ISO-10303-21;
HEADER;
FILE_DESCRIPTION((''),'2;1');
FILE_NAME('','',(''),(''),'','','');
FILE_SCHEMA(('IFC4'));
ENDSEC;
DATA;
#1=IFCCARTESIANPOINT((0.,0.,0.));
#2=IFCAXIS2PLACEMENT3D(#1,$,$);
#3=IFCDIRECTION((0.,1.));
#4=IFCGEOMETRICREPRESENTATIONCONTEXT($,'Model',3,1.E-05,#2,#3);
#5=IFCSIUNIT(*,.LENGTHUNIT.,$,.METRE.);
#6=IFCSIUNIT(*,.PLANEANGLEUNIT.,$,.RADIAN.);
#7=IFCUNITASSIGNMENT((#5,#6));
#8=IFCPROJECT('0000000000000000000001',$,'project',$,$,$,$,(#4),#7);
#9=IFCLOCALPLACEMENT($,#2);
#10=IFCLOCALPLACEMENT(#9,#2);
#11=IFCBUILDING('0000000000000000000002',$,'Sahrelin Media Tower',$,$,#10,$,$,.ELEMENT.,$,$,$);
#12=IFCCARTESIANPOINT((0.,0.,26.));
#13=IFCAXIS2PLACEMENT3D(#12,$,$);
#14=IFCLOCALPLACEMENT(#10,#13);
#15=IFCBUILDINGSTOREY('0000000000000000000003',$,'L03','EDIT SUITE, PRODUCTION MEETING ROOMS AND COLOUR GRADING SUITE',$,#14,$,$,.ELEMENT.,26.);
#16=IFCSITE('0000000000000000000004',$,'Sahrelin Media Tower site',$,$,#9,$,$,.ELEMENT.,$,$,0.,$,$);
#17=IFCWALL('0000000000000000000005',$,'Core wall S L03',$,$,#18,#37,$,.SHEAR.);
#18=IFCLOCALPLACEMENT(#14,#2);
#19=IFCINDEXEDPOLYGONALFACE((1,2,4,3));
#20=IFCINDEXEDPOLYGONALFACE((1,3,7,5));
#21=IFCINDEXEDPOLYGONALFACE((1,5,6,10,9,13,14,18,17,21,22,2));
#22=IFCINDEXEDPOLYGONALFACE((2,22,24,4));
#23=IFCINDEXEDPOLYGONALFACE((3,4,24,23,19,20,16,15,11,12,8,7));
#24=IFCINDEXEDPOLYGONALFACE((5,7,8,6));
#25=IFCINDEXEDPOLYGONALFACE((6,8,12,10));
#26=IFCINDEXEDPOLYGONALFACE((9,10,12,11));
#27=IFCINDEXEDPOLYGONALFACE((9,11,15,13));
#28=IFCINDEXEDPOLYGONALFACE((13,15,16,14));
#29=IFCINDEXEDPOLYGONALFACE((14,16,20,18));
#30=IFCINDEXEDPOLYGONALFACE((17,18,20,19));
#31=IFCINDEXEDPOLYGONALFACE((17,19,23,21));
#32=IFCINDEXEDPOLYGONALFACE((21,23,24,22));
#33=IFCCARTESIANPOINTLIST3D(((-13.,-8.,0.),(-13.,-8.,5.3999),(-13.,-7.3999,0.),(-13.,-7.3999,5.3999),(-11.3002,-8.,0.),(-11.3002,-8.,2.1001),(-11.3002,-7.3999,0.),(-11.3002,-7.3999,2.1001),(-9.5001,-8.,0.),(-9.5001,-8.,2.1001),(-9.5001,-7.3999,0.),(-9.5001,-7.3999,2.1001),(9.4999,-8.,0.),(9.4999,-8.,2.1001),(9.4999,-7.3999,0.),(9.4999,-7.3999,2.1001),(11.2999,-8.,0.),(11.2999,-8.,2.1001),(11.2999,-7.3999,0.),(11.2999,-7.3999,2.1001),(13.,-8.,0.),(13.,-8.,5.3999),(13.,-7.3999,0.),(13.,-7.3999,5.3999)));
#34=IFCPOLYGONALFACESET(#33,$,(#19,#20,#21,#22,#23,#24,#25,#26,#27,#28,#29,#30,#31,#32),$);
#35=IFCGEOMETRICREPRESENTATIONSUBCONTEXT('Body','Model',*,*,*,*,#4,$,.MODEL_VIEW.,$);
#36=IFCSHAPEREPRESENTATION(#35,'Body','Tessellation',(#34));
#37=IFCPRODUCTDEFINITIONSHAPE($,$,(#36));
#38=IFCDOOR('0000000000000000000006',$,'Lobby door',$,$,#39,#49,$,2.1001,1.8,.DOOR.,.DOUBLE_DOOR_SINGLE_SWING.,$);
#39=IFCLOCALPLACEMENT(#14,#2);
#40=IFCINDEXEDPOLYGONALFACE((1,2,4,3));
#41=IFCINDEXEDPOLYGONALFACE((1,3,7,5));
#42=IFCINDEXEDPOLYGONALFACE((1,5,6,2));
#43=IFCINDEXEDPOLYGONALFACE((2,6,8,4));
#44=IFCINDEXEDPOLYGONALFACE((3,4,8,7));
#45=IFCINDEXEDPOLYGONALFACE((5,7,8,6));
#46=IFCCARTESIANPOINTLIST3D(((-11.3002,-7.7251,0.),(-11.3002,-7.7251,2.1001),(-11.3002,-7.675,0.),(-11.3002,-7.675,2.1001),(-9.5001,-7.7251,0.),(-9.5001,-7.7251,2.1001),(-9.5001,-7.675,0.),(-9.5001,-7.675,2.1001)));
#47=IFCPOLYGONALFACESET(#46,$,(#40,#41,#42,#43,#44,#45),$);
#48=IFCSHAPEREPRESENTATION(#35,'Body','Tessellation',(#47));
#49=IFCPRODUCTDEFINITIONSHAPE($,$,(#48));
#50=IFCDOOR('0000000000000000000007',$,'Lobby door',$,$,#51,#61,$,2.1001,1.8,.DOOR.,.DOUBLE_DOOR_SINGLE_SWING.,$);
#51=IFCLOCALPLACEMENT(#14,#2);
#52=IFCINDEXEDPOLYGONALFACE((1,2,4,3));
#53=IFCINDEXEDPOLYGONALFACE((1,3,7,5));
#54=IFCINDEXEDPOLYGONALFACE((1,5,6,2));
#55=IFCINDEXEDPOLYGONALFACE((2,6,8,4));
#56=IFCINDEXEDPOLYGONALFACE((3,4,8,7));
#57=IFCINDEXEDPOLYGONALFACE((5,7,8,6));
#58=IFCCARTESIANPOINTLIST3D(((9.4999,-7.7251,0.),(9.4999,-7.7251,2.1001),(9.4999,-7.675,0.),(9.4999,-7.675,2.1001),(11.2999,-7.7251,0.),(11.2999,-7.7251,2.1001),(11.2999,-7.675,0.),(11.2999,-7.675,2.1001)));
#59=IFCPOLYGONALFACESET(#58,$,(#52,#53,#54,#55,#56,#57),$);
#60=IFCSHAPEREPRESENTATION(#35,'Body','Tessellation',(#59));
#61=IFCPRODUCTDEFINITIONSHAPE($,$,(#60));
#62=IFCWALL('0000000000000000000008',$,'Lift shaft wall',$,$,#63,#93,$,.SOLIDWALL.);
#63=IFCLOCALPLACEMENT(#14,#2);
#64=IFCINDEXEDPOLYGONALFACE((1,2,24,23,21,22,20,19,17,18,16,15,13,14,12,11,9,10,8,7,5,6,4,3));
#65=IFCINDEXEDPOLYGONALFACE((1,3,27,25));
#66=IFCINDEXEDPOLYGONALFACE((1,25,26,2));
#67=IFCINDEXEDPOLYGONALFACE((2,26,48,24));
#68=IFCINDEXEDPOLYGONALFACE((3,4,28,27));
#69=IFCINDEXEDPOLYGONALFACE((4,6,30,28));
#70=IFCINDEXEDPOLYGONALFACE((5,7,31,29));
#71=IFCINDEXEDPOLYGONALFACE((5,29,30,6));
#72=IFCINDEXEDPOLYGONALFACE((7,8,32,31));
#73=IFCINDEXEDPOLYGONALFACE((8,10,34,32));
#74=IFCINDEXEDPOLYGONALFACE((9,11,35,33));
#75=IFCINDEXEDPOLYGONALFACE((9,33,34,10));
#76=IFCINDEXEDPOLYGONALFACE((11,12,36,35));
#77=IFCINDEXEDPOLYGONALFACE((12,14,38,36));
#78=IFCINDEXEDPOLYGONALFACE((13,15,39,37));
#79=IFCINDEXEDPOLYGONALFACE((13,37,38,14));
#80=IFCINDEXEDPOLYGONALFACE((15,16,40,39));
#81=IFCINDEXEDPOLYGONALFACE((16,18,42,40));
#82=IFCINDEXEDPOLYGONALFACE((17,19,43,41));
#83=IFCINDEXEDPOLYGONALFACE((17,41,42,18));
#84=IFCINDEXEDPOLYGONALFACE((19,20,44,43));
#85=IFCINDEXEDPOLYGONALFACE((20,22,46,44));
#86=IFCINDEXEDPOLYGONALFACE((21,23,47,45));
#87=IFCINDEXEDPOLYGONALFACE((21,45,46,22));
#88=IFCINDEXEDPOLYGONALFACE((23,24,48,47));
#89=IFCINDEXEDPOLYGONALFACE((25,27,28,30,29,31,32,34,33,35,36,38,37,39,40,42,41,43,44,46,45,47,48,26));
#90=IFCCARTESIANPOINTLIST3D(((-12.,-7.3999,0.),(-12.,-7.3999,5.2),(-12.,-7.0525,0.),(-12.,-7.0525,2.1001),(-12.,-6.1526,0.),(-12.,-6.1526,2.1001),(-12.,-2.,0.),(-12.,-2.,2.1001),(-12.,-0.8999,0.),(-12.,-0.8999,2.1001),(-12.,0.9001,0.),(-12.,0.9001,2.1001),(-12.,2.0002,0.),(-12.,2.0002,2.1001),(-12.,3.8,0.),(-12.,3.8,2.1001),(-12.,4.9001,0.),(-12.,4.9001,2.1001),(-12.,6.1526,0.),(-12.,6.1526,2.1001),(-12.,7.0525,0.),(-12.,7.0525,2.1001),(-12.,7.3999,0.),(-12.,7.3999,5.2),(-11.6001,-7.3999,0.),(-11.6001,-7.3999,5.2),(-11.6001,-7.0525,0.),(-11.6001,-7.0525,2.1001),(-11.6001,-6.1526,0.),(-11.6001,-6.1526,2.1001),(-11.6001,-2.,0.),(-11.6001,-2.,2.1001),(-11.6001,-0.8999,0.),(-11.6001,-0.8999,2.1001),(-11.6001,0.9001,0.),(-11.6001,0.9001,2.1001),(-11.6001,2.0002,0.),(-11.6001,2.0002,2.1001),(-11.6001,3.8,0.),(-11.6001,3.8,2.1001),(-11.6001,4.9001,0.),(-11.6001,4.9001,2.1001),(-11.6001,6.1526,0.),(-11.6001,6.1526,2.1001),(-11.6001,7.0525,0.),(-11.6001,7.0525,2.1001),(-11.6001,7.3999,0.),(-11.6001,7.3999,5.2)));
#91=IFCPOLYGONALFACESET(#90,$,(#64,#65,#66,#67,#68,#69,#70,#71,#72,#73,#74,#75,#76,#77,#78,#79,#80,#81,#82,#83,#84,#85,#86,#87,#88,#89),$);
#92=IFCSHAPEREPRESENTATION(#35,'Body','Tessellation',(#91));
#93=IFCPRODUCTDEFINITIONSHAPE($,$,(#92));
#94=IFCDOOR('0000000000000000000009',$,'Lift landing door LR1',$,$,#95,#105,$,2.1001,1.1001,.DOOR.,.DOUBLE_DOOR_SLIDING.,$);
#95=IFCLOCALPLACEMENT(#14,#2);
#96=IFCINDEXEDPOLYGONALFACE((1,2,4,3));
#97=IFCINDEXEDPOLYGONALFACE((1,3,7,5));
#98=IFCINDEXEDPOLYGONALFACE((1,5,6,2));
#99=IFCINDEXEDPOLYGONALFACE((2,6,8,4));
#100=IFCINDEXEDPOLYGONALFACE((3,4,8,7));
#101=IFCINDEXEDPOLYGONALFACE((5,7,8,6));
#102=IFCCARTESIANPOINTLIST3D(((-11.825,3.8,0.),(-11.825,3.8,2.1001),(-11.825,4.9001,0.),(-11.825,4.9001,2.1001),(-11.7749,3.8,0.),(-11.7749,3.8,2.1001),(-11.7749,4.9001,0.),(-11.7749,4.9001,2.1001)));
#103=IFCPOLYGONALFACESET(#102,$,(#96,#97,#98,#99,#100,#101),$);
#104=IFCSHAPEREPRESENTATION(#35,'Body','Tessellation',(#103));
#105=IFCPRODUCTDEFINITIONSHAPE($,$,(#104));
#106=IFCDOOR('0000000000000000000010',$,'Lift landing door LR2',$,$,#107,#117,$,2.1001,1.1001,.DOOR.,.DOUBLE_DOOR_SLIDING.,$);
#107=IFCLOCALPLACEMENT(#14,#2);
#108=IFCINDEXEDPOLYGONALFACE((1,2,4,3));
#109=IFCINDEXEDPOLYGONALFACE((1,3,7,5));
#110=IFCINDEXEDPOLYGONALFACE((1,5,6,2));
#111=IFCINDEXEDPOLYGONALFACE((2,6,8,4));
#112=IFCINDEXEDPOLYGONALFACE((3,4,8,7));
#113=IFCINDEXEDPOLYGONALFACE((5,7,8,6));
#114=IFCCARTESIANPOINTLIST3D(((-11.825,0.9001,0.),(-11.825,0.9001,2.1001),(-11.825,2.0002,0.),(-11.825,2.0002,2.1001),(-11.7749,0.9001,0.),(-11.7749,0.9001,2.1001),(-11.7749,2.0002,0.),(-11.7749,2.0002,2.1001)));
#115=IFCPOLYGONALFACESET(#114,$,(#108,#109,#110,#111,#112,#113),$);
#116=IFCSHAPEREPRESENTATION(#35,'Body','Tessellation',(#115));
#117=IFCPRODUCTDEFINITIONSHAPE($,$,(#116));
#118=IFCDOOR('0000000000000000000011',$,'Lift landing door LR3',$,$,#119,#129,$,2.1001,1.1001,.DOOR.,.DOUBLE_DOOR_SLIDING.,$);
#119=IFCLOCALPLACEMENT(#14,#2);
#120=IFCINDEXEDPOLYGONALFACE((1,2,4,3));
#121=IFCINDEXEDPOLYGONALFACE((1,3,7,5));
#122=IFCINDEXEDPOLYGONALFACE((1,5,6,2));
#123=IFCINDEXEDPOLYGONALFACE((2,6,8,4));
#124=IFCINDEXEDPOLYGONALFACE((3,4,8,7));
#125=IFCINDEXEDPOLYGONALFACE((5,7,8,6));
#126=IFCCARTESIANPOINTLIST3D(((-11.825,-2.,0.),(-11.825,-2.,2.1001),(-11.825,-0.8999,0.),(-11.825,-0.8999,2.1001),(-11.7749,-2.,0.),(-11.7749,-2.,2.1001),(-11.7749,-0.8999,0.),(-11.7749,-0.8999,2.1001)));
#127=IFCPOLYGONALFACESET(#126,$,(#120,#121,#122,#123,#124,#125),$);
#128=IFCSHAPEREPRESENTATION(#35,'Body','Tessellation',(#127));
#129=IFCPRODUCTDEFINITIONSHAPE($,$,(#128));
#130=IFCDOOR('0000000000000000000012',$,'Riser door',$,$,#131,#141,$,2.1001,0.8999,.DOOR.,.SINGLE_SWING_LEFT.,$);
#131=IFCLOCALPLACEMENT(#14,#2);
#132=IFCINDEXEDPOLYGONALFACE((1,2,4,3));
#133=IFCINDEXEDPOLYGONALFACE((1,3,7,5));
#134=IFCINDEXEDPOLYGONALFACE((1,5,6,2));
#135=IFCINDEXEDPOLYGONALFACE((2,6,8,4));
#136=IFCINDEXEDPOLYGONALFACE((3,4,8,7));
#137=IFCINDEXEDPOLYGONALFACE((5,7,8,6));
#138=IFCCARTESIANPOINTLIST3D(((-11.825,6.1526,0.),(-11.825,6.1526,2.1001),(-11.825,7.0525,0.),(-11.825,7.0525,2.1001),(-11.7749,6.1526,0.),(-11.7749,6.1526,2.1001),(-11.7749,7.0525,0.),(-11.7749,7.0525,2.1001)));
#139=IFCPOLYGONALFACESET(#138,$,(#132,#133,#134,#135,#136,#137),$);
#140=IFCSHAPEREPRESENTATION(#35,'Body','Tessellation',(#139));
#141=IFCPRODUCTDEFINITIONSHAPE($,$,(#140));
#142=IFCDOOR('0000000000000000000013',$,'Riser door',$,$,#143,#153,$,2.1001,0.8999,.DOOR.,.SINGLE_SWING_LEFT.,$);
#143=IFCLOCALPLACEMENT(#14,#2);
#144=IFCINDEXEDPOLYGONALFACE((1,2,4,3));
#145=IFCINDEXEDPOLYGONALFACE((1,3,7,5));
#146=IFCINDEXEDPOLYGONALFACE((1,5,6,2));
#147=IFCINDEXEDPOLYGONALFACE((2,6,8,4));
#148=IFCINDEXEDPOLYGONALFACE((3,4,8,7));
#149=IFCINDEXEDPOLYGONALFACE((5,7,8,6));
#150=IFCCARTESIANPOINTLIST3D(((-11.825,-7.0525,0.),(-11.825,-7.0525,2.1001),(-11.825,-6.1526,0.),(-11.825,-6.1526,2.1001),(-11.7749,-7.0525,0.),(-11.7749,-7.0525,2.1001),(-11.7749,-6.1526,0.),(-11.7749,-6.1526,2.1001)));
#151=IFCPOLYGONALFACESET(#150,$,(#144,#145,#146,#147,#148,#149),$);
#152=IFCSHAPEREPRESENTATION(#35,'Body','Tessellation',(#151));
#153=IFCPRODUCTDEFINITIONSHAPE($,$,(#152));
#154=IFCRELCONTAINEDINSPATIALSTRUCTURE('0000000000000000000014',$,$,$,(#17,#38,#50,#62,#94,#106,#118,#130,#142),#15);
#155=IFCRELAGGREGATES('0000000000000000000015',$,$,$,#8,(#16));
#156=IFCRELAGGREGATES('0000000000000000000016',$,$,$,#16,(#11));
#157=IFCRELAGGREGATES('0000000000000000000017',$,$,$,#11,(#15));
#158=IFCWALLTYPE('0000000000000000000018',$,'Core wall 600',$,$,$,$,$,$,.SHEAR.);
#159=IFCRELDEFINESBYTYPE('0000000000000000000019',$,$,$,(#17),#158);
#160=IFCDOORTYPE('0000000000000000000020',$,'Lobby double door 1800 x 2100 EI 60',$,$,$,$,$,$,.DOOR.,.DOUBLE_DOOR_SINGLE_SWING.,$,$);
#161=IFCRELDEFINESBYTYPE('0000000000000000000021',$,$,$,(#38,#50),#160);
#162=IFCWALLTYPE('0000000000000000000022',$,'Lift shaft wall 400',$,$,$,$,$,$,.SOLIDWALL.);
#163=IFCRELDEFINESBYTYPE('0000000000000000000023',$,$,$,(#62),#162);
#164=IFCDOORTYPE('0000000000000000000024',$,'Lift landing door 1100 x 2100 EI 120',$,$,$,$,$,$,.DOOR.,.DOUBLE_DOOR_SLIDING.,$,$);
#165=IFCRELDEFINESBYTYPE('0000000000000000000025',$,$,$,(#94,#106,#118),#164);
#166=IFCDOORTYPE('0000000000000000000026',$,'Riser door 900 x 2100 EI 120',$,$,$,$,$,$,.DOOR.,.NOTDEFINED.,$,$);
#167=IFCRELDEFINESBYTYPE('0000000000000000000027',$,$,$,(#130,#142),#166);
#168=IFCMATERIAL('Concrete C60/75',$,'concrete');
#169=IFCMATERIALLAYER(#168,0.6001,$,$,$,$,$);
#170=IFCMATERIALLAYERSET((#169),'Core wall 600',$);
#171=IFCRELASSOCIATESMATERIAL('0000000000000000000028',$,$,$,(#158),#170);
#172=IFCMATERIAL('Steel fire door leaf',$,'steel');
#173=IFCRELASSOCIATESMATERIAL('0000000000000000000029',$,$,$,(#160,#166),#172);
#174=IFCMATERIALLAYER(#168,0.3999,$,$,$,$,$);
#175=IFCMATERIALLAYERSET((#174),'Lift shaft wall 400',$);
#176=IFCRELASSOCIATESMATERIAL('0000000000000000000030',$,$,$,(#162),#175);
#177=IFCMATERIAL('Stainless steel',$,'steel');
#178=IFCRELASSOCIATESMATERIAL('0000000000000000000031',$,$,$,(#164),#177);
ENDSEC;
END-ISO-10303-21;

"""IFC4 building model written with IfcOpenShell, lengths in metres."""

from ifc_helpers import new_model, si_unit, direction, frame, frame_2d, origin, place, context, subcontext, project, spatial, rectangle, extrude, material, layer, layer_set, type_object, element, fill, save


model = new_model("IFC4")

# Units and contexts
model_context = context("Model", 3, precision=1e-05, world=origin(), true_north=direction((0.0, 1.0)))
body_context = subcontext(model_context, "Body", "Model", "MODEL_VIEW")
ifc_project = project(units=[si_unit("LENGTHUNIT", "METRE"), si_unit("PLANEANGLEUNIT", "RADIAN")], contexts=[model_context])

# Site, building, storey
site_placement = place(None, origin())
site = spatial("IfcSite", under=ifc_project, at=site_placement, Name="Sahrelin Media Tower site", CompositionType="ELEMENT", RefElevation=0.0)
building_placement = place(site_placement, origin())
building = spatial("IfcBuilding", under=site, at=building_placement, Name="Sahrelin Media Tower", CompositionType="ELEMENT")
storey_placement = place(building_placement, frame((0.0, 0.0, 26.0)))
storey = spatial("IfcBuildingStorey", under=building, at=storey_placement, Name="L03", Description="EDIT SUITE, PRODUCTION MEETING ROOMS AND COLOUR GRADING SUITE", CompositionType="ELEMENT", Elevation=26.0)

# Walls, openings, doors
ifc_material_1 = material(Name="Concrete C60/75", Category="concrete")
ifc_layer_1 = layer(ifc_material_1, 0.6001)
ifc_layer_set_1 = layer_set([ifc_layer_1], Name="Core wall 600")
wall_type_1 = type_object("IfcWallType", Name="Core wall 600", PredefinedType="SHEAR", material=ifc_layer_set_1)
wall_1_placement = place(storey_placement, frame((-13.0, -7.7, 0.0), z_axis=(0.0, 0.0, 1.0), x_axis=(1.0, 0.0, 0.0)))
wall_1 = element("IfcWall", 1, at=wall_1_placement, inside=storey, type_object=wall_type_1, Name="Core wall S L03", PredefinedType="SHEAR", context=body_context, shape_type="SweptSolid", body=[
    extrude(rectangle(XDim=26.0, YDim=0.6001, at=frame_2d((13.0, 0.0))), origin(), (0.0, 0.0, 1.0), 5.3999),
])
opening_1_placement = place(wall_1_placement, frame((1.7, 0.0, 0.0)))
opening_1 = element("IfcOpeningElement", 2, at=opening_1_placement, cuts=wall_1, PredefinedType="OPENING", context=body_context, shape_type="SweptSolid", body=[
    extrude(rectangle(XDim=1.8, YDim=2.1001, at=frame_2d((0.8999, 1.05))), frame((0.0, 0.3, 0.0), z_axis=(0.0, -1.0, 0.0), x_axis=(1.0, 0.0, 0.0)), (0.0, 0.0, 1.0), 0.6001),
])
opening_2_placement = place(wall_1_placement, frame((22.5, 0.0, 0.0)))
opening_2 = element("IfcOpeningElement", 3, at=opening_2_placement, cuts=wall_1, PredefinedType="OPENING", context=body_context, shape_type="SweptSolid", body=[
    extrude(rectangle(XDim=1.8, YDim=2.1001, at=frame_2d((0.8999, 1.05))), frame((0.0, 0.3, 0.0), z_axis=(0.0, -1.0, 0.0), x_axis=(1.0, 0.0, 0.0)), (0.0, 0.0, 1.0), 0.6001),
])
ifc_material_2 = material(Name="Steel fire door leaf", Category="steel")
door_type_1 = type_object("IfcDoorType", Name="Lobby double door 1800 x 2100 EI 60", OperationType="DOUBLE_DOOR_SINGLE_SWING", PredefinedType="DOOR", material=ifc_material_2)
door_1_placement = place(opening_1_placement, origin())
door_1 = element("IfcDoor", 4, at=door_1_placement, inside=storey, type_object=door_type_1, Name="Lobby door", OperationType="DOUBLE_DOOR_SINGLE_SWING", OverallHeight=2.1001, OverallWidth=1.8, PredefinedType="DOOR", context=body_context, shape_type="SweptSolid", body=[
    extrude(rectangle(XDim=1.8, YDim=2.1001, at=frame_2d((0.8999, 1.05))), frame((0.0, 0.0249, 0.0), z_axis=(0.0, -1.0, 0.0), x_axis=(1.0, 0.0, 0.0)), (0.0, 0.0, 1.0), 0.05),
])
fill(opening_1, door_1)
door_2_placement = place(opening_2_placement, origin())
door_2 = element("IfcDoor", 5, at=door_2_placement, inside=storey, type_object=door_type_1, Name="Lobby door", OperationType="DOUBLE_DOOR_SINGLE_SWING", OverallHeight=2.1001, OverallWidth=1.8, PredefinedType="DOOR", context=body_context, shape_type="SweptSolid", body=[
    extrude(rectangle(XDim=1.8, YDim=2.1001, at=frame_2d((0.8999, 1.05))), frame((0.0, 0.0249, 0.0), z_axis=(0.0, -1.0, 0.0), x_axis=(1.0, 0.0, 0.0)), (0.0, 0.0, 1.0), 0.05),
])
fill(opening_2, door_2)
ifc_layer_2 = layer(ifc_material_1, 0.3999)
ifc_layer_set_2 = layer_set([ifc_layer_2], Name="Lift shaft wall 400")
wall_type_2 = type_object("IfcWallType", Name="Lift shaft wall 400", PredefinedType="SOLIDWALL", material=ifc_layer_set_2)
wall_2_placement = place(storey_placement, frame((-11.8, -7.3999, 0.0), z_axis=(0.0, 0.0, 1.0), x_axis=(0.0, 1.0, 0.0)))
wall_2 = element("IfcWall", 6, at=wall_2_placement, inside=storey, type_object=wall_type_2, Name="Lift shaft wall", PredefinedType="SOLIDWALL", context=body_context, shape_type="SweptSolid", body=[
    extrude(rectangle(XDim=14.7998, YDim=0.3999, at=frame_2d((7.3999, 0.0))), origin(), (0.0, 0.0, 1.0), 5.2),
])
opening_3_placement = place(wall_2_placement, frame((11.2, 0.0, 0.0)))
opening_3 = element("IfcOpeningElement", 7, at=opening_3_placement, cuts=wall_2, PredefinedType="OPENING", context=body_context, shape_type="SweptSolid", body=[
    extrude(rectangle(XDim=1.1001, YDim=2.1001, at=frame_2d((0.55, 1.05))), frame((0.0, 0.2, 0.0), z_axis=(0.0, -1.0, 0.0), x_axis=(1.0, 0.0, 0.0)), (0.0, 0.0, 1.0), 0.3999),
])
opening_4_placement = place(wall_2_placement, frame((8.3, 0.0, 0.0)))
opening_4 = element("IfcOpeningElement", 8, at=opening_4_placement, cuts=wall_2, PredefinedType="OPENING", context=body_context, shape_type="SweptSolid", body=[
    extrude(rectangle(XDim=1.1001, YDim=2.1001, at=frame_2d((0.55, 1.05))), frame((0.0, 0.2, 0.0), z_axis=(0.0, -1.0, 0.0), x_axis=(1.0, 0.0, 0.0)), (0.0, 0.0, 1.0), 0.3999),
])
opening_5_placement = place(wall_2_placement, frame((5.3999, 0.0, 0.0)))
opening_5 = element("IfcOpeningElement", 9, at=opening_5_placement, cuts=wall_2, PredefinedType="OPENING", context=body_context, shape_type="SweptSolid", body=[
    extrude(rectangle(XDim=1.1001, YDim=2.1001, at=frame_2d((0.55, 1.05))), frame((0.0, 0.2, 0.0), z_axis=(0.0, -1.0, 0.0), x_axis=(1.0, 0.0, 0.0)), (0.0, 0.0, 1.0), 0.3999),
])
opening_6_placement = place(wall_2_placement, frame((13.5525, 0.0, 0.0)))
opening_6 = element("IfcOpeningElement", 10, at=opening_6_placement, cuts=wall_2, PredefinedType="OPENING", context=body_context, shape_type="SweptSolid", body=[
    extrude(rectangle(XDim=0.8999, YDim=2.1001, at=frame_2d((0.45, 1.05))), frame((0.0, 0.2, 0.0), z_axis=(0.0, -1.0, 0.0), x_axis=(1.0, 0.0, 0.0)), (0.0, 0.0, 1.0), 0.3999),
])
opening_7_placement = place(wall_2_placement, frame((0.3474, 0.0, 0.0)))
opening_7 = element("IfcOpeningElement", 11, at=opening_7_placement, cuts=wall_2, PredefinedType="OPENING", context=body_context, shape_type="SweptSolid", body=[
    extrude(rectangle(XDim=0.8999, YDim=2.1001, at=frame_2d((0.45, 1.05))), frame((0.0, 0.2, 0.0), z_axis=(0.0, -1.0, 0.0), x_axis=(1.0, 0.0, 0.0)), (0.0, 0.0, 1.0), 0.3999),
])
ifc_material_3 = material(Name="Stainless steel", Category="steel")
door_type_2 = type_object("IfcDoorType", Name="Lift landing door 1100 x 2100 EI 120", OperationType="DOUBLE_DOOR_SLIDING", PredefinedType="DOOR", material=ifc_material_3)
door_3_placement = place(opening_3_placement, origin())
door_3 = element("IfcDoor", 12, at=door_3_placement, inside=storey, type_object=door_type_2, Name="Lift landing door LR1", OperationType="DOUBLE_DOOR_SLIDING", OverallHeight=2.1001, OverallWidth=1.1001, PredefinedType="DOOR", context=body_context, shape_type="SweptSolid", body=[
    extrude(rectangle(XDim=1.1001, YDim=2.1001, at=frame_2d((0.55, 1.05))), frame((0.0, 0.0249, 0.0), z_axis=(0.0, -1.0, 0.0), x_axis=(1.0, 0.0, 0.0)), (0.0, 0.0, 1.0), 0.05),
])
fill(opening_3, door_3)
door_4_placement = place(opening_4_placement, origin())
door_4 = element("IfcDoor", 13, at=door_4_placement, inside=storey, type_object=door_type_2, Name="Lift landing door LR2", OperationType="DOUBLE_DOOR_SLIDING", OverallHeight=2.1001, OverallWidth=1.1001, PredefinedType="DOOR", context=body_context, shape_type="SweptSolid", body=[
    extrude(rectangle(XDim=1.1001, YDim=2.1001, at=frame_2d((0.55, 1.05))), frame((0.0, 0.0249, 0.0), z_axis=(0.0, -1.0, 0.0), x_axis=(1.0, 0.0, 0.0)), (0.0, 0.0, 1.0), 0.05),
])
fill(opening_4, door_4)
door_5_placement = place(opening_5_placement, origin())
door_5 = element("IfcDoor", 14, at=door_5_placement, inside=storey, type_object=door_type_2, Name="Lift landing door LR3", OperationType="DOUBLE_DOOR_SLIDING", OverallHeight=2.1001, OverallWidth=1.1001, PredefinedType="DOOR", context=body_context, shape_type="SweptSolid", body=[
    extrude(rectangle(XDim=1.1001, YDim=2.1001, at=frame_2d((0.55, 1.05))), frame((0.0, 0.0249, 0.0), z_axis=(0.0, -1.0, 0.0), x_axis=(1.0, 0.0, 0.0)), (0.0, 0.0, 1.0), 0.05),
])
fill(opening_5, door_5)
door_type_3 = type_object("IfcDoorType", Name="Riser door 900 x 2100 EI 120", OperationType="NOTDEFINED", PredefinedType="DOOR", material=ifc_material_2)
door_6_placement = place(opening_6_placement, origin())
door_6 = element("IfcDoor", 15, at=door_6_placement, inside=storey, type_object=door_type_3, Name="Riser door", OperationType="SINGLE_SWING_LEFT", OverallHeight=2.1001, OverallWidth=0.8999, PredefinedType="DOOR", context=body_context, shape_type="SweptSolid", body=[
    extrude(rectangle(XDim=0.8999, YDim=2.1001, at=frame_2d((0.45, 1.05))), frame((0.0, 0.0249, 0.0), z_axis=(0.0, -1.0, 0.0), x_axis=(1.0, 0.0, 0.0)), (0.0, 0.0, 1.0), 0.05),
])
fill(opening_6, door_6)
door_7_placement = place(opening_7_placement, origin())
door_7 = element("IfcDoor", 16, at=door_7_placement, inside=storey, type_object=door_type_3, Name="Riser door", OperationType="SINGLE_SWING_LEFT", OverallHeight=2.1001, OverallWidth=0.8999, PredefinedType="DOOR", context=body_context, shape_type="SweptSolid", body=[
    extrude(rectangle(XDim=0.8999, YDim=2.1001, at=frame_2d((0.45, 1.05))), frame((0.0, 0.0249, 0.0), z_axis=(0.0, -1.0, 0.0), x_axis=(1.0, 0.0, 0.0)), (0.0, 0.0, 1.0), 0.05),
])
fill(opening_7, door_7)

save(model, "model.ifc")
